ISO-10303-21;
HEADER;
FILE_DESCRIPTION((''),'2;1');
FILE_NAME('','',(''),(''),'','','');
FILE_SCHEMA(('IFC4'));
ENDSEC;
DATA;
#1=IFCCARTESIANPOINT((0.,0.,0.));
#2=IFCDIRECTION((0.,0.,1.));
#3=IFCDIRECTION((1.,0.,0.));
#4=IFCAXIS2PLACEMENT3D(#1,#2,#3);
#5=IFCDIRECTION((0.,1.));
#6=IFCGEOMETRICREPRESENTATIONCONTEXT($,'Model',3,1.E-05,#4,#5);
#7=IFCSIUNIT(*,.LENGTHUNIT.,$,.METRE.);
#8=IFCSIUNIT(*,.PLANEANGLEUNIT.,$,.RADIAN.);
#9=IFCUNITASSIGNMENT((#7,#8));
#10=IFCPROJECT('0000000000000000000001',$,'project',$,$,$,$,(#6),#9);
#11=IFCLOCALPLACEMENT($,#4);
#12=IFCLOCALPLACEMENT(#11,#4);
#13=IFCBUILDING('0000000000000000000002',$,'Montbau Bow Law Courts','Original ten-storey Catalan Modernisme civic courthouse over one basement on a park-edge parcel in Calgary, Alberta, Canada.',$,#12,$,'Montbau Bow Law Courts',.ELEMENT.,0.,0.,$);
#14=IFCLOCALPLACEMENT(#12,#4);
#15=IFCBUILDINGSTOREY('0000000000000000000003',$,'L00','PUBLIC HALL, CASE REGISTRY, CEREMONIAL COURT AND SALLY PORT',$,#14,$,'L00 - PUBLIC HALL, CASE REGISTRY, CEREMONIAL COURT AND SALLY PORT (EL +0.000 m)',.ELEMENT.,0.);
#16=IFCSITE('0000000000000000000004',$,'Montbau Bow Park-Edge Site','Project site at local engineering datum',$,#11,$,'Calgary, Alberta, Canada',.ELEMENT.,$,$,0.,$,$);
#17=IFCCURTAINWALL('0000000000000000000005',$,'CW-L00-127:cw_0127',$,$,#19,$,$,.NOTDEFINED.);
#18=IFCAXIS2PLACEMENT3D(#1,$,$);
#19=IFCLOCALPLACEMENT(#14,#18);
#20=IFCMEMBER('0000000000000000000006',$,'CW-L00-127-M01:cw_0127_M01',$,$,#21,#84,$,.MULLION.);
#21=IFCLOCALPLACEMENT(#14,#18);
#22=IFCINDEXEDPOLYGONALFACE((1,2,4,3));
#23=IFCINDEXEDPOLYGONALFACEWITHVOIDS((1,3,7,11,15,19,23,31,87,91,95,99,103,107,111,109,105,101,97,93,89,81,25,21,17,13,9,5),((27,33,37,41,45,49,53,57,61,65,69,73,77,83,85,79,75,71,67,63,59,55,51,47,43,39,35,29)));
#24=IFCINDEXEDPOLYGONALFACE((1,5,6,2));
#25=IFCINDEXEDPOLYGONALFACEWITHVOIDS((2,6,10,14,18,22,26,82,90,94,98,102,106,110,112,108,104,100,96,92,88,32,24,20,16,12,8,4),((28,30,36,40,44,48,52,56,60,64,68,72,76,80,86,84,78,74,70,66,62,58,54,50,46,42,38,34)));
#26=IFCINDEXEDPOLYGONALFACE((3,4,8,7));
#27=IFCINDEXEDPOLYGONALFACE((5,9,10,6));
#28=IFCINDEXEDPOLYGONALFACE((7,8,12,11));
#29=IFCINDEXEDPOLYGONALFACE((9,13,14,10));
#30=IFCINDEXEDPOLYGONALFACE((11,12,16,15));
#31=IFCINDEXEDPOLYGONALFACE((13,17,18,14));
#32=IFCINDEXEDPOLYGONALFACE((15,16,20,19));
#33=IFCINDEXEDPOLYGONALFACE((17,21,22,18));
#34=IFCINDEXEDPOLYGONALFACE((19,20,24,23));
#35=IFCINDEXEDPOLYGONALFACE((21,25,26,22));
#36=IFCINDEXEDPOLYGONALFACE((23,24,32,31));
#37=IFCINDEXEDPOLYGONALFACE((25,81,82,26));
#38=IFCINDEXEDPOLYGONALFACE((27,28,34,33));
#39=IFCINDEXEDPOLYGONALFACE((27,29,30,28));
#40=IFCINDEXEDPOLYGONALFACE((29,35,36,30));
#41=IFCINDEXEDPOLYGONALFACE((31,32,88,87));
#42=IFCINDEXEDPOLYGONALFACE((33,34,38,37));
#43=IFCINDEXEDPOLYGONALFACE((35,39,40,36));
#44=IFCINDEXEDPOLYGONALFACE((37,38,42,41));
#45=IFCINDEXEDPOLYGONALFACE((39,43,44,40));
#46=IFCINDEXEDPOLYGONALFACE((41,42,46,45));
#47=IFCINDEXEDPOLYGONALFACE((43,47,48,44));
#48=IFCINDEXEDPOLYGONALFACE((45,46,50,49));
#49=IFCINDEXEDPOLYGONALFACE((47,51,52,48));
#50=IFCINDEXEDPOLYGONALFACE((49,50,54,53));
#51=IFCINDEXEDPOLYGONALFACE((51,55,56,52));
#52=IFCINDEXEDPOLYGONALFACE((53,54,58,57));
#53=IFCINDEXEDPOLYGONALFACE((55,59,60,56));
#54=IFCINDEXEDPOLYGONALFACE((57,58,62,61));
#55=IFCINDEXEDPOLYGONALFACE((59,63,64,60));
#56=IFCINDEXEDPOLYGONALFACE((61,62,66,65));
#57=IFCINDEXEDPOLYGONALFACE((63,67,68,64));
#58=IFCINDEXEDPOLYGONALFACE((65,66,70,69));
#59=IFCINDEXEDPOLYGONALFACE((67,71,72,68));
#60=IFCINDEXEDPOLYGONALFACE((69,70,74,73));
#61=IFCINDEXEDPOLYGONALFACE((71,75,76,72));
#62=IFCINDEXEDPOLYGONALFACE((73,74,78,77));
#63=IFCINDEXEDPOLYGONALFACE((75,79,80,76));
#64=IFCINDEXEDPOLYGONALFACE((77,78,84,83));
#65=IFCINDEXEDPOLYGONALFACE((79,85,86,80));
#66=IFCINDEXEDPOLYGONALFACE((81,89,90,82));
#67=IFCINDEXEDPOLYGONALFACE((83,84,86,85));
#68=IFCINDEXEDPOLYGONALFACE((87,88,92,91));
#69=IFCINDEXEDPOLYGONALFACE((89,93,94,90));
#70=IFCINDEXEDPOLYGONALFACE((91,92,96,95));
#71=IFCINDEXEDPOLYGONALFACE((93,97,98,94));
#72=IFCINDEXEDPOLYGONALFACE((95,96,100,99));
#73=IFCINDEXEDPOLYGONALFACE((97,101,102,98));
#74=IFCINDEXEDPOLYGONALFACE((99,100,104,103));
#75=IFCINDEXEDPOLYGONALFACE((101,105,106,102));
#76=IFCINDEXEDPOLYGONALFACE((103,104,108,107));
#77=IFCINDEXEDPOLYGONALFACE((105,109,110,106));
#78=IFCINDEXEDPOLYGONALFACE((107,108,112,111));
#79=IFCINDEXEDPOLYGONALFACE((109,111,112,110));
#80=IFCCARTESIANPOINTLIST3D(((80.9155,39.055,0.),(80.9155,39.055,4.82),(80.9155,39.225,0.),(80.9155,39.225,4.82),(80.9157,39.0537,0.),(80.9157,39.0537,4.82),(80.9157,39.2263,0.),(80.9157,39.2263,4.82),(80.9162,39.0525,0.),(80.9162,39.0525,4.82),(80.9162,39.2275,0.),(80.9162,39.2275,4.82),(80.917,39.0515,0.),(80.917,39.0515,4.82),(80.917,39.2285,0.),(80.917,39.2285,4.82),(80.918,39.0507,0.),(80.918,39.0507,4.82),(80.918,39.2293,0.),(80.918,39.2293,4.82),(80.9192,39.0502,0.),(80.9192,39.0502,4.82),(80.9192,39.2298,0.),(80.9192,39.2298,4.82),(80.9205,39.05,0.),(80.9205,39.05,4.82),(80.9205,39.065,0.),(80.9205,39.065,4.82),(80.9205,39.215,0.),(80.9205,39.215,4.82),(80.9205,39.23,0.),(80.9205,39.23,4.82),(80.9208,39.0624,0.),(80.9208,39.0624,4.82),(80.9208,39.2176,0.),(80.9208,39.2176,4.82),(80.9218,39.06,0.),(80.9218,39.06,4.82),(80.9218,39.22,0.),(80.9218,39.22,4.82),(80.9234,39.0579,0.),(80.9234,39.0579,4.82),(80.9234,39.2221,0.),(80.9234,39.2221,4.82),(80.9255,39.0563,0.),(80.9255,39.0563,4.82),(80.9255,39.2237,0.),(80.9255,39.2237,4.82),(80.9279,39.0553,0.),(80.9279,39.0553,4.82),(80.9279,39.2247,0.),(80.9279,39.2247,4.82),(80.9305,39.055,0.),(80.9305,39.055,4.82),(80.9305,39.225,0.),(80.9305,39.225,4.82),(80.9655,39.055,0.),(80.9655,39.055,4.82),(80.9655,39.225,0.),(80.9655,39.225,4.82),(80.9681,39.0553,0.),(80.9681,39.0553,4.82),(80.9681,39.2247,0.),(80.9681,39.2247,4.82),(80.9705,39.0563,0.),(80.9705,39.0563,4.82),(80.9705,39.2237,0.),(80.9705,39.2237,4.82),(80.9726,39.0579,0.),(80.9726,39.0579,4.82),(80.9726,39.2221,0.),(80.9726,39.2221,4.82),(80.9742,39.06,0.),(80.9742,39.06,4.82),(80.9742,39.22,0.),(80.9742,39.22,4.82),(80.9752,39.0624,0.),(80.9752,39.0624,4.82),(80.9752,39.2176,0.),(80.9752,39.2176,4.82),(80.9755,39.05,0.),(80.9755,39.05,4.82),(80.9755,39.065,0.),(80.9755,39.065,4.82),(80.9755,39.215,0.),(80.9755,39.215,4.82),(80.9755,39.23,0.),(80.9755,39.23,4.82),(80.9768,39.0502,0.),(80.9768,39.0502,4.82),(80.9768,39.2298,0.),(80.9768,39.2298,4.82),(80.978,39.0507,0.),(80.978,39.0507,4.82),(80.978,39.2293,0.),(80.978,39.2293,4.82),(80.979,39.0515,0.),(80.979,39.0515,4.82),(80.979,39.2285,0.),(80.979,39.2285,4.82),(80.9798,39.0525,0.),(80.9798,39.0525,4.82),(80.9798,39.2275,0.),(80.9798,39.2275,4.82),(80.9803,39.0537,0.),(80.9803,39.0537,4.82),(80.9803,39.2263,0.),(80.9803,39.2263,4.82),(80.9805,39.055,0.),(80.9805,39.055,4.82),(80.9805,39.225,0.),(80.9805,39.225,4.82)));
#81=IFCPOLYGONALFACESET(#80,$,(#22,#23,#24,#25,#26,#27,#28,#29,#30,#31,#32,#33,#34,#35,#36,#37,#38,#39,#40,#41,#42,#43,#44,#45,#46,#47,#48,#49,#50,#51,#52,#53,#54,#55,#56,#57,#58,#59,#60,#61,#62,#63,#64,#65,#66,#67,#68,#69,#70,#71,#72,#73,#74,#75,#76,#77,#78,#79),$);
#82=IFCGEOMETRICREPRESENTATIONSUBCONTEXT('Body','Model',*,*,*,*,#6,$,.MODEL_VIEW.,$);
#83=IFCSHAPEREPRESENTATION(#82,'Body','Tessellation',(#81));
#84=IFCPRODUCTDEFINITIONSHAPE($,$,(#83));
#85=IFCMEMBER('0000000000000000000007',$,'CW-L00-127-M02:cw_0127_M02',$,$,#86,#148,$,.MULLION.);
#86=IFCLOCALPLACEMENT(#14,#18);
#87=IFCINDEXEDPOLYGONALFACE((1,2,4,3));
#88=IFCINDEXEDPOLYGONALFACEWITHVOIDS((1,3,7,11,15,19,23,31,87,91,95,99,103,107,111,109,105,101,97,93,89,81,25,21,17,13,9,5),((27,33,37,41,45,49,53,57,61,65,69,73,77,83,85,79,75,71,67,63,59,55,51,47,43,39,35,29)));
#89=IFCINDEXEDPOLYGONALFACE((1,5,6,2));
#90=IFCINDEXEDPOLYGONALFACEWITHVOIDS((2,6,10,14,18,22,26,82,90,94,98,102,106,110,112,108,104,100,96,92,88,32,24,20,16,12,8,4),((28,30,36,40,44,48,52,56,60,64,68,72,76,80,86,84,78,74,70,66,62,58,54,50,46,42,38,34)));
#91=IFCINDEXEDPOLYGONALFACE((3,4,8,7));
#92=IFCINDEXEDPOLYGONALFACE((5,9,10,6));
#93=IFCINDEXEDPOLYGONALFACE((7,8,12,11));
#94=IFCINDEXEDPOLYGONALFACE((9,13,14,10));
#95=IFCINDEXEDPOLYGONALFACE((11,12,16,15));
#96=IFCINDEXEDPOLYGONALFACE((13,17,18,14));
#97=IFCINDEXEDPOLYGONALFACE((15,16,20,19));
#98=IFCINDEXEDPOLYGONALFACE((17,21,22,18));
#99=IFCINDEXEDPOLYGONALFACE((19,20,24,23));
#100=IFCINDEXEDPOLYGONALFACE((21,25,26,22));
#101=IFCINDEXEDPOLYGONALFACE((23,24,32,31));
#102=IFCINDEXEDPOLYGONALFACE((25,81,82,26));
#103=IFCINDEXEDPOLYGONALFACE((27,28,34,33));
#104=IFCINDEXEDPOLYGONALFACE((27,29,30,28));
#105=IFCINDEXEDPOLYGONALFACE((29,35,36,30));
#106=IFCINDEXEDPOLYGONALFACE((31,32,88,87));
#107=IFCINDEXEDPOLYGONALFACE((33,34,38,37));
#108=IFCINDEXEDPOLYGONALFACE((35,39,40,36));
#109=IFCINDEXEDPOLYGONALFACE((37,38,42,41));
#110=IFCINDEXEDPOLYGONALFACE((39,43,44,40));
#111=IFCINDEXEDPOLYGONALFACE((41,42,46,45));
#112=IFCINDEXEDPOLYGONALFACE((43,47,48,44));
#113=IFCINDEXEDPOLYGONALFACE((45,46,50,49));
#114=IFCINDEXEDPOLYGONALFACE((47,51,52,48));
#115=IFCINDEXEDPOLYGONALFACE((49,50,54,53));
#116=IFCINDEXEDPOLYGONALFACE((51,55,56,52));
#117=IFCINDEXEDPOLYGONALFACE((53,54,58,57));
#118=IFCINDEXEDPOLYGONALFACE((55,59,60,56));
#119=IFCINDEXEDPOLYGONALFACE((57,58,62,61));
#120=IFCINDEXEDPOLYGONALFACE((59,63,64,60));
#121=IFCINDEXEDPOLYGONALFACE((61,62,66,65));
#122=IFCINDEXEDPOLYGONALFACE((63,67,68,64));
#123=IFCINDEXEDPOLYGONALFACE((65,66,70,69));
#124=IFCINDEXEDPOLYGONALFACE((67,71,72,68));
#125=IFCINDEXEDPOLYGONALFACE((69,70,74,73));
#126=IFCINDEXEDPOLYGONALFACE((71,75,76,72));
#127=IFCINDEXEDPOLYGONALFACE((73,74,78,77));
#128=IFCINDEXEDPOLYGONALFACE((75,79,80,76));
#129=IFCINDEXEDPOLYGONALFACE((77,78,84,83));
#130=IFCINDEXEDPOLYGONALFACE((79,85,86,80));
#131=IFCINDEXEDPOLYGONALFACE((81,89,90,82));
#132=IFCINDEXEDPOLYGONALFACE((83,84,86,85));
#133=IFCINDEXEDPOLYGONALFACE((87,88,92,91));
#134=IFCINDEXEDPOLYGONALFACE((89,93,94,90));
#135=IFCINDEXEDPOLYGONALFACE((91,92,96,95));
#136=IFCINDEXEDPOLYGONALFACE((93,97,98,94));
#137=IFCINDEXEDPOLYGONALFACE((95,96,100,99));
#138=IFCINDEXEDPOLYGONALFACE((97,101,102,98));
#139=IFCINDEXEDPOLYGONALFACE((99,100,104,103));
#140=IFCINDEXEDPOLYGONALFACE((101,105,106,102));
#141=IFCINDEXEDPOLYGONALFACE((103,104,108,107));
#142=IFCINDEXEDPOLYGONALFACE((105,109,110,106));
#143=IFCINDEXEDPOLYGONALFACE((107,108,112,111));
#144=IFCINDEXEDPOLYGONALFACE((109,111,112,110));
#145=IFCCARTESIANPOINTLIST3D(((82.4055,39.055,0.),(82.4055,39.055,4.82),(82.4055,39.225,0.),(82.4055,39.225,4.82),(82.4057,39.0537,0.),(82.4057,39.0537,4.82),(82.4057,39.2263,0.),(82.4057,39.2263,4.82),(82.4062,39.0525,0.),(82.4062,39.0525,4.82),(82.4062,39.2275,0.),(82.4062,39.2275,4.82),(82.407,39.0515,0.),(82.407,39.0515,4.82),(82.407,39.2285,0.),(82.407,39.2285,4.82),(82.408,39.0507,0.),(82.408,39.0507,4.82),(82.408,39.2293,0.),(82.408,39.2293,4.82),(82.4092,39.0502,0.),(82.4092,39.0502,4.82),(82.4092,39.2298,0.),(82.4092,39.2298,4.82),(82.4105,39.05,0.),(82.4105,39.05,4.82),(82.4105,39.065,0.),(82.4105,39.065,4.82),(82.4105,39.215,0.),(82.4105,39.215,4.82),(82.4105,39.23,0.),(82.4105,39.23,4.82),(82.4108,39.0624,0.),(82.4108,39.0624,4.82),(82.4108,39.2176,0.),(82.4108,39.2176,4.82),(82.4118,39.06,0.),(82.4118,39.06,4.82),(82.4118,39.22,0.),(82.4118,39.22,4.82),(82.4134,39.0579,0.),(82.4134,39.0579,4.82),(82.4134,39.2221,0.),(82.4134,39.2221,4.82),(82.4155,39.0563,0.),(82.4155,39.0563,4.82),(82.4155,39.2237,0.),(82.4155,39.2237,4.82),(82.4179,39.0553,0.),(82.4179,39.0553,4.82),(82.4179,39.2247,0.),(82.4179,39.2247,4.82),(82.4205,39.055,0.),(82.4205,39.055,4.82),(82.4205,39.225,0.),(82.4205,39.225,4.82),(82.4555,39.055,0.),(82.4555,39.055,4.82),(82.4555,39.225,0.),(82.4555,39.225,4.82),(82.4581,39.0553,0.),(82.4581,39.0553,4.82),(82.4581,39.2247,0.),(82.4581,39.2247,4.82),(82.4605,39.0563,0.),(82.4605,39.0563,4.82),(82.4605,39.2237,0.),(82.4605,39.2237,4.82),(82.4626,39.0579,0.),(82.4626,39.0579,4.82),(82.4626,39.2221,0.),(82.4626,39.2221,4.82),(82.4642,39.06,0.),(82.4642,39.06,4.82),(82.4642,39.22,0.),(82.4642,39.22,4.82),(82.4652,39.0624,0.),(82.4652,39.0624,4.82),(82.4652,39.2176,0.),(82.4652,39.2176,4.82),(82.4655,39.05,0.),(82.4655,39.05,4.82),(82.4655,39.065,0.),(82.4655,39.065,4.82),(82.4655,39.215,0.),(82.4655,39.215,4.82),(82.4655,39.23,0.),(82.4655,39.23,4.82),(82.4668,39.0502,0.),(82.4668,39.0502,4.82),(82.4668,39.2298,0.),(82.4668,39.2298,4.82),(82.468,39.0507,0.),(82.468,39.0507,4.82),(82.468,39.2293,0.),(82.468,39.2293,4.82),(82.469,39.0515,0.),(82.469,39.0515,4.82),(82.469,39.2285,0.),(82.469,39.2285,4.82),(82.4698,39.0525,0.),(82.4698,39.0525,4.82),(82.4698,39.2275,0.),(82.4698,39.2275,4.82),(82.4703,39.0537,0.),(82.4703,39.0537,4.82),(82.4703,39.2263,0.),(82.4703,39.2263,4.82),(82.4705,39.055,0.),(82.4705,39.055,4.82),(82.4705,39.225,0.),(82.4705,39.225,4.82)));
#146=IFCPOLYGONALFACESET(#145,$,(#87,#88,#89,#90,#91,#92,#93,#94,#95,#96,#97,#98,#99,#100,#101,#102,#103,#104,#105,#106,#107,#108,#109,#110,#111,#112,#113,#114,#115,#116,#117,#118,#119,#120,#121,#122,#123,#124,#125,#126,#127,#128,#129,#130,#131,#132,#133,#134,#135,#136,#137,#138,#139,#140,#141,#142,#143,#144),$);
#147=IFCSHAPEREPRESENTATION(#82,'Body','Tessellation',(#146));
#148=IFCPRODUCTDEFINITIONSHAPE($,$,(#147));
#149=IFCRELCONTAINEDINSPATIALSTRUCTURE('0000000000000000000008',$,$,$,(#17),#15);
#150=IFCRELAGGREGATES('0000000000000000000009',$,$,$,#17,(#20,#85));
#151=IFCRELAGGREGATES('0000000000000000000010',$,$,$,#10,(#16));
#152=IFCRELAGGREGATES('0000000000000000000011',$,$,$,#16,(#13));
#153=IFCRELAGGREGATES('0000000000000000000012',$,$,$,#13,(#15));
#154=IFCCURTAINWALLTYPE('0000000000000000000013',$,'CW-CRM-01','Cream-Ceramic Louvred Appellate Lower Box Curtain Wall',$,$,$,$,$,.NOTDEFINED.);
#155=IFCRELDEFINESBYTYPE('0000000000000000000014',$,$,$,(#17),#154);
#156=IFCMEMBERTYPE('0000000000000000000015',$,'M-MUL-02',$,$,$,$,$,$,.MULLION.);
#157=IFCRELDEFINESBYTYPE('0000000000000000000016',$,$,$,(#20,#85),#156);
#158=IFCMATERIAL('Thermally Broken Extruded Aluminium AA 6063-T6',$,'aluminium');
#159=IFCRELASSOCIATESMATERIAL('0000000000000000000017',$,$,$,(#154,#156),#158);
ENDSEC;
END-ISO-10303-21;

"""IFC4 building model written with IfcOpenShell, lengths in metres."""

from ifc_helpers import new_model, si_unit, direction, frame, origin_with_axes, origin_2d_with_axis, place, context, subcontext, project, spatial, hollow_rectangle, extrude, material, material_profile, profile_set, type_object, element, aggregate, save


model = new_model("IFC4")

# Units and contexts
model_context = context("Model", 3, precision=1e-05, world=origin_with_axes(), true_north=direction((0.0, 1.0)))
body_context = subcontext(model_context, "Body", "Model", "MODEL_VIEW")
ifc_project = project(units=[si_unit("LENGTHUNIT", "METRE"), si_unit("PLANEANGLEUNIT", "RADIAN")], contexts=[model_context])

# Site, building, storey
site_placement = place(None, origin_with_axes())
site = spatial("IfcSite", under=ifc_project, at=site_placement, Name="Montbau Bow Park-Edge Site", Description="Project site at local engineering datum", LongName="Calgary, Alberta, Canada", CompositionType="ELEMENT", RefElevation=0.0)
building_placement = place(site_placement, origin_with_axes())
building = spatial("IfcBuilding", under=site, at=building_placement, Name="Montbau Bow Law Courts", Description="Original ten-storey Catalan Modernisme civic courthouse over one basement on a park-edge parcel in Calgary, Alberta, Canada.", LongName="Montbau Bow Law Courts", CompositionType="ELEMENT", ElevationOfRefHeight=0.0, ElevationOfTerrain=0.0)
storey_placement = place(building_placement, origin_with_axes())
storey = spatial("IfcBuildingStorey", under=building, at=storey_placement, Name="L00", Description="PUBLIC HALL, CASE REGISTRY, CEREMONIAL COURT AND SALLY PORT", LongName="L00 - PUBLIC HALL, CASE REGISTRY, CEREMONIAL COURT AND SALLY PORT (EL +0.000 m)", CompositionType="ELEMENT", Elevation=0.0)

# Curtain wall, members
ifc_material_1 = material(Name="Thermally Broken Extruded Aluminium AA 6063-T6", Category="aluminium")
curtain_wall_type = type_object("IfcCurtainWallType", Name="CW-CRM-01", Description="Cream-Ceramic Louvred Appellate Lower Box Curtain Wall", PredefinedType="NOTDEFINED", material=ifc_material_1)
curtain_wall_placement = place(None, frame((80.915, 39.14, 0.0), z_axis=(0.0, 0.0, 1.0), x_axis=(1.0, 0.0, 0.0)))
curtain_wall = element("IfcCurtainWall", 1, at=curtain_wall_placement, inside=storey, type_object=curtain_wall_type, Name="CW-L00-127:cw_0127", PredefinedType="NOTDEFINED")
ifc_material_profile_1 = material_profile(ifc_material_1, hollow_rectangle(XDim=0.065, YDim=0.18, WallThickness=0.005, InnerFilletRadius=0.01, OuterFilletRadius=0.005, at=origin_2d_with_axis()), Name="CWM-180X65", Category="Main", Priority=0)
ifc_profile_set_1 = profile_set([ifc_material_profile_1], Name="Thermally Broken Extruded Aluminium AA 6063-T6")
member_type_1 = type_object("IfcMemberType", Name="M-MUL-02", PredefinedType="MULLION", material=ifc_profile_set_1)
member_1_placement = place(None, frame((80.948, 39.14, 0.0), z_axis=(0.0, 0.0, 1.0), x_axis=(1.0, 0.0, 0.0)))
member_1 = element("IfcMember", 2, at=member_1_placement, type_object=member_type_1, Name="CW-L00-127-M01:cw_0127_M01", PredefinedType="MULLION", context=body_context, shape_type="SweptSolid", body=[
    extrude(hollow_rectangle(XDim=0.065, YDim=0.18, WallThickness=0.005, InnerFilletRadius=0.01, OuterFilletRadius=0.005, at=origin_2d_with_axis()), origin_with_axes(), (0.0, 0.0, 1.0), 4.82),
])
member_2_placement = place(None, frame((82.438, 39.14, 0.0), z_axis=(0.0, 0.0, 1.0), x_axis=(1.0, 0.0, 0.0)))
member_2 = element("IfcMember", 3, at=member_2_placement, type_object=member_type_1, Name="CW-L00-127-M02:cw_0127_M02", PredefinedType="MULLION", context=body_context, shape_type="SweptSolid", body=[
    extrude(hollow_rectangle(XDim=0.065, YDim=0.18, WallThickness=0.005, InnerFilletRadius=0.01, OuterFilletRadius=0.005, at=origin_2d_with_axis()), origin_with_axes(), (0.0, 0.0, 1.0), 4.82),
])
aggregate(curtain_wall, [member_1, member_2])

save(model, "model.ifc")
